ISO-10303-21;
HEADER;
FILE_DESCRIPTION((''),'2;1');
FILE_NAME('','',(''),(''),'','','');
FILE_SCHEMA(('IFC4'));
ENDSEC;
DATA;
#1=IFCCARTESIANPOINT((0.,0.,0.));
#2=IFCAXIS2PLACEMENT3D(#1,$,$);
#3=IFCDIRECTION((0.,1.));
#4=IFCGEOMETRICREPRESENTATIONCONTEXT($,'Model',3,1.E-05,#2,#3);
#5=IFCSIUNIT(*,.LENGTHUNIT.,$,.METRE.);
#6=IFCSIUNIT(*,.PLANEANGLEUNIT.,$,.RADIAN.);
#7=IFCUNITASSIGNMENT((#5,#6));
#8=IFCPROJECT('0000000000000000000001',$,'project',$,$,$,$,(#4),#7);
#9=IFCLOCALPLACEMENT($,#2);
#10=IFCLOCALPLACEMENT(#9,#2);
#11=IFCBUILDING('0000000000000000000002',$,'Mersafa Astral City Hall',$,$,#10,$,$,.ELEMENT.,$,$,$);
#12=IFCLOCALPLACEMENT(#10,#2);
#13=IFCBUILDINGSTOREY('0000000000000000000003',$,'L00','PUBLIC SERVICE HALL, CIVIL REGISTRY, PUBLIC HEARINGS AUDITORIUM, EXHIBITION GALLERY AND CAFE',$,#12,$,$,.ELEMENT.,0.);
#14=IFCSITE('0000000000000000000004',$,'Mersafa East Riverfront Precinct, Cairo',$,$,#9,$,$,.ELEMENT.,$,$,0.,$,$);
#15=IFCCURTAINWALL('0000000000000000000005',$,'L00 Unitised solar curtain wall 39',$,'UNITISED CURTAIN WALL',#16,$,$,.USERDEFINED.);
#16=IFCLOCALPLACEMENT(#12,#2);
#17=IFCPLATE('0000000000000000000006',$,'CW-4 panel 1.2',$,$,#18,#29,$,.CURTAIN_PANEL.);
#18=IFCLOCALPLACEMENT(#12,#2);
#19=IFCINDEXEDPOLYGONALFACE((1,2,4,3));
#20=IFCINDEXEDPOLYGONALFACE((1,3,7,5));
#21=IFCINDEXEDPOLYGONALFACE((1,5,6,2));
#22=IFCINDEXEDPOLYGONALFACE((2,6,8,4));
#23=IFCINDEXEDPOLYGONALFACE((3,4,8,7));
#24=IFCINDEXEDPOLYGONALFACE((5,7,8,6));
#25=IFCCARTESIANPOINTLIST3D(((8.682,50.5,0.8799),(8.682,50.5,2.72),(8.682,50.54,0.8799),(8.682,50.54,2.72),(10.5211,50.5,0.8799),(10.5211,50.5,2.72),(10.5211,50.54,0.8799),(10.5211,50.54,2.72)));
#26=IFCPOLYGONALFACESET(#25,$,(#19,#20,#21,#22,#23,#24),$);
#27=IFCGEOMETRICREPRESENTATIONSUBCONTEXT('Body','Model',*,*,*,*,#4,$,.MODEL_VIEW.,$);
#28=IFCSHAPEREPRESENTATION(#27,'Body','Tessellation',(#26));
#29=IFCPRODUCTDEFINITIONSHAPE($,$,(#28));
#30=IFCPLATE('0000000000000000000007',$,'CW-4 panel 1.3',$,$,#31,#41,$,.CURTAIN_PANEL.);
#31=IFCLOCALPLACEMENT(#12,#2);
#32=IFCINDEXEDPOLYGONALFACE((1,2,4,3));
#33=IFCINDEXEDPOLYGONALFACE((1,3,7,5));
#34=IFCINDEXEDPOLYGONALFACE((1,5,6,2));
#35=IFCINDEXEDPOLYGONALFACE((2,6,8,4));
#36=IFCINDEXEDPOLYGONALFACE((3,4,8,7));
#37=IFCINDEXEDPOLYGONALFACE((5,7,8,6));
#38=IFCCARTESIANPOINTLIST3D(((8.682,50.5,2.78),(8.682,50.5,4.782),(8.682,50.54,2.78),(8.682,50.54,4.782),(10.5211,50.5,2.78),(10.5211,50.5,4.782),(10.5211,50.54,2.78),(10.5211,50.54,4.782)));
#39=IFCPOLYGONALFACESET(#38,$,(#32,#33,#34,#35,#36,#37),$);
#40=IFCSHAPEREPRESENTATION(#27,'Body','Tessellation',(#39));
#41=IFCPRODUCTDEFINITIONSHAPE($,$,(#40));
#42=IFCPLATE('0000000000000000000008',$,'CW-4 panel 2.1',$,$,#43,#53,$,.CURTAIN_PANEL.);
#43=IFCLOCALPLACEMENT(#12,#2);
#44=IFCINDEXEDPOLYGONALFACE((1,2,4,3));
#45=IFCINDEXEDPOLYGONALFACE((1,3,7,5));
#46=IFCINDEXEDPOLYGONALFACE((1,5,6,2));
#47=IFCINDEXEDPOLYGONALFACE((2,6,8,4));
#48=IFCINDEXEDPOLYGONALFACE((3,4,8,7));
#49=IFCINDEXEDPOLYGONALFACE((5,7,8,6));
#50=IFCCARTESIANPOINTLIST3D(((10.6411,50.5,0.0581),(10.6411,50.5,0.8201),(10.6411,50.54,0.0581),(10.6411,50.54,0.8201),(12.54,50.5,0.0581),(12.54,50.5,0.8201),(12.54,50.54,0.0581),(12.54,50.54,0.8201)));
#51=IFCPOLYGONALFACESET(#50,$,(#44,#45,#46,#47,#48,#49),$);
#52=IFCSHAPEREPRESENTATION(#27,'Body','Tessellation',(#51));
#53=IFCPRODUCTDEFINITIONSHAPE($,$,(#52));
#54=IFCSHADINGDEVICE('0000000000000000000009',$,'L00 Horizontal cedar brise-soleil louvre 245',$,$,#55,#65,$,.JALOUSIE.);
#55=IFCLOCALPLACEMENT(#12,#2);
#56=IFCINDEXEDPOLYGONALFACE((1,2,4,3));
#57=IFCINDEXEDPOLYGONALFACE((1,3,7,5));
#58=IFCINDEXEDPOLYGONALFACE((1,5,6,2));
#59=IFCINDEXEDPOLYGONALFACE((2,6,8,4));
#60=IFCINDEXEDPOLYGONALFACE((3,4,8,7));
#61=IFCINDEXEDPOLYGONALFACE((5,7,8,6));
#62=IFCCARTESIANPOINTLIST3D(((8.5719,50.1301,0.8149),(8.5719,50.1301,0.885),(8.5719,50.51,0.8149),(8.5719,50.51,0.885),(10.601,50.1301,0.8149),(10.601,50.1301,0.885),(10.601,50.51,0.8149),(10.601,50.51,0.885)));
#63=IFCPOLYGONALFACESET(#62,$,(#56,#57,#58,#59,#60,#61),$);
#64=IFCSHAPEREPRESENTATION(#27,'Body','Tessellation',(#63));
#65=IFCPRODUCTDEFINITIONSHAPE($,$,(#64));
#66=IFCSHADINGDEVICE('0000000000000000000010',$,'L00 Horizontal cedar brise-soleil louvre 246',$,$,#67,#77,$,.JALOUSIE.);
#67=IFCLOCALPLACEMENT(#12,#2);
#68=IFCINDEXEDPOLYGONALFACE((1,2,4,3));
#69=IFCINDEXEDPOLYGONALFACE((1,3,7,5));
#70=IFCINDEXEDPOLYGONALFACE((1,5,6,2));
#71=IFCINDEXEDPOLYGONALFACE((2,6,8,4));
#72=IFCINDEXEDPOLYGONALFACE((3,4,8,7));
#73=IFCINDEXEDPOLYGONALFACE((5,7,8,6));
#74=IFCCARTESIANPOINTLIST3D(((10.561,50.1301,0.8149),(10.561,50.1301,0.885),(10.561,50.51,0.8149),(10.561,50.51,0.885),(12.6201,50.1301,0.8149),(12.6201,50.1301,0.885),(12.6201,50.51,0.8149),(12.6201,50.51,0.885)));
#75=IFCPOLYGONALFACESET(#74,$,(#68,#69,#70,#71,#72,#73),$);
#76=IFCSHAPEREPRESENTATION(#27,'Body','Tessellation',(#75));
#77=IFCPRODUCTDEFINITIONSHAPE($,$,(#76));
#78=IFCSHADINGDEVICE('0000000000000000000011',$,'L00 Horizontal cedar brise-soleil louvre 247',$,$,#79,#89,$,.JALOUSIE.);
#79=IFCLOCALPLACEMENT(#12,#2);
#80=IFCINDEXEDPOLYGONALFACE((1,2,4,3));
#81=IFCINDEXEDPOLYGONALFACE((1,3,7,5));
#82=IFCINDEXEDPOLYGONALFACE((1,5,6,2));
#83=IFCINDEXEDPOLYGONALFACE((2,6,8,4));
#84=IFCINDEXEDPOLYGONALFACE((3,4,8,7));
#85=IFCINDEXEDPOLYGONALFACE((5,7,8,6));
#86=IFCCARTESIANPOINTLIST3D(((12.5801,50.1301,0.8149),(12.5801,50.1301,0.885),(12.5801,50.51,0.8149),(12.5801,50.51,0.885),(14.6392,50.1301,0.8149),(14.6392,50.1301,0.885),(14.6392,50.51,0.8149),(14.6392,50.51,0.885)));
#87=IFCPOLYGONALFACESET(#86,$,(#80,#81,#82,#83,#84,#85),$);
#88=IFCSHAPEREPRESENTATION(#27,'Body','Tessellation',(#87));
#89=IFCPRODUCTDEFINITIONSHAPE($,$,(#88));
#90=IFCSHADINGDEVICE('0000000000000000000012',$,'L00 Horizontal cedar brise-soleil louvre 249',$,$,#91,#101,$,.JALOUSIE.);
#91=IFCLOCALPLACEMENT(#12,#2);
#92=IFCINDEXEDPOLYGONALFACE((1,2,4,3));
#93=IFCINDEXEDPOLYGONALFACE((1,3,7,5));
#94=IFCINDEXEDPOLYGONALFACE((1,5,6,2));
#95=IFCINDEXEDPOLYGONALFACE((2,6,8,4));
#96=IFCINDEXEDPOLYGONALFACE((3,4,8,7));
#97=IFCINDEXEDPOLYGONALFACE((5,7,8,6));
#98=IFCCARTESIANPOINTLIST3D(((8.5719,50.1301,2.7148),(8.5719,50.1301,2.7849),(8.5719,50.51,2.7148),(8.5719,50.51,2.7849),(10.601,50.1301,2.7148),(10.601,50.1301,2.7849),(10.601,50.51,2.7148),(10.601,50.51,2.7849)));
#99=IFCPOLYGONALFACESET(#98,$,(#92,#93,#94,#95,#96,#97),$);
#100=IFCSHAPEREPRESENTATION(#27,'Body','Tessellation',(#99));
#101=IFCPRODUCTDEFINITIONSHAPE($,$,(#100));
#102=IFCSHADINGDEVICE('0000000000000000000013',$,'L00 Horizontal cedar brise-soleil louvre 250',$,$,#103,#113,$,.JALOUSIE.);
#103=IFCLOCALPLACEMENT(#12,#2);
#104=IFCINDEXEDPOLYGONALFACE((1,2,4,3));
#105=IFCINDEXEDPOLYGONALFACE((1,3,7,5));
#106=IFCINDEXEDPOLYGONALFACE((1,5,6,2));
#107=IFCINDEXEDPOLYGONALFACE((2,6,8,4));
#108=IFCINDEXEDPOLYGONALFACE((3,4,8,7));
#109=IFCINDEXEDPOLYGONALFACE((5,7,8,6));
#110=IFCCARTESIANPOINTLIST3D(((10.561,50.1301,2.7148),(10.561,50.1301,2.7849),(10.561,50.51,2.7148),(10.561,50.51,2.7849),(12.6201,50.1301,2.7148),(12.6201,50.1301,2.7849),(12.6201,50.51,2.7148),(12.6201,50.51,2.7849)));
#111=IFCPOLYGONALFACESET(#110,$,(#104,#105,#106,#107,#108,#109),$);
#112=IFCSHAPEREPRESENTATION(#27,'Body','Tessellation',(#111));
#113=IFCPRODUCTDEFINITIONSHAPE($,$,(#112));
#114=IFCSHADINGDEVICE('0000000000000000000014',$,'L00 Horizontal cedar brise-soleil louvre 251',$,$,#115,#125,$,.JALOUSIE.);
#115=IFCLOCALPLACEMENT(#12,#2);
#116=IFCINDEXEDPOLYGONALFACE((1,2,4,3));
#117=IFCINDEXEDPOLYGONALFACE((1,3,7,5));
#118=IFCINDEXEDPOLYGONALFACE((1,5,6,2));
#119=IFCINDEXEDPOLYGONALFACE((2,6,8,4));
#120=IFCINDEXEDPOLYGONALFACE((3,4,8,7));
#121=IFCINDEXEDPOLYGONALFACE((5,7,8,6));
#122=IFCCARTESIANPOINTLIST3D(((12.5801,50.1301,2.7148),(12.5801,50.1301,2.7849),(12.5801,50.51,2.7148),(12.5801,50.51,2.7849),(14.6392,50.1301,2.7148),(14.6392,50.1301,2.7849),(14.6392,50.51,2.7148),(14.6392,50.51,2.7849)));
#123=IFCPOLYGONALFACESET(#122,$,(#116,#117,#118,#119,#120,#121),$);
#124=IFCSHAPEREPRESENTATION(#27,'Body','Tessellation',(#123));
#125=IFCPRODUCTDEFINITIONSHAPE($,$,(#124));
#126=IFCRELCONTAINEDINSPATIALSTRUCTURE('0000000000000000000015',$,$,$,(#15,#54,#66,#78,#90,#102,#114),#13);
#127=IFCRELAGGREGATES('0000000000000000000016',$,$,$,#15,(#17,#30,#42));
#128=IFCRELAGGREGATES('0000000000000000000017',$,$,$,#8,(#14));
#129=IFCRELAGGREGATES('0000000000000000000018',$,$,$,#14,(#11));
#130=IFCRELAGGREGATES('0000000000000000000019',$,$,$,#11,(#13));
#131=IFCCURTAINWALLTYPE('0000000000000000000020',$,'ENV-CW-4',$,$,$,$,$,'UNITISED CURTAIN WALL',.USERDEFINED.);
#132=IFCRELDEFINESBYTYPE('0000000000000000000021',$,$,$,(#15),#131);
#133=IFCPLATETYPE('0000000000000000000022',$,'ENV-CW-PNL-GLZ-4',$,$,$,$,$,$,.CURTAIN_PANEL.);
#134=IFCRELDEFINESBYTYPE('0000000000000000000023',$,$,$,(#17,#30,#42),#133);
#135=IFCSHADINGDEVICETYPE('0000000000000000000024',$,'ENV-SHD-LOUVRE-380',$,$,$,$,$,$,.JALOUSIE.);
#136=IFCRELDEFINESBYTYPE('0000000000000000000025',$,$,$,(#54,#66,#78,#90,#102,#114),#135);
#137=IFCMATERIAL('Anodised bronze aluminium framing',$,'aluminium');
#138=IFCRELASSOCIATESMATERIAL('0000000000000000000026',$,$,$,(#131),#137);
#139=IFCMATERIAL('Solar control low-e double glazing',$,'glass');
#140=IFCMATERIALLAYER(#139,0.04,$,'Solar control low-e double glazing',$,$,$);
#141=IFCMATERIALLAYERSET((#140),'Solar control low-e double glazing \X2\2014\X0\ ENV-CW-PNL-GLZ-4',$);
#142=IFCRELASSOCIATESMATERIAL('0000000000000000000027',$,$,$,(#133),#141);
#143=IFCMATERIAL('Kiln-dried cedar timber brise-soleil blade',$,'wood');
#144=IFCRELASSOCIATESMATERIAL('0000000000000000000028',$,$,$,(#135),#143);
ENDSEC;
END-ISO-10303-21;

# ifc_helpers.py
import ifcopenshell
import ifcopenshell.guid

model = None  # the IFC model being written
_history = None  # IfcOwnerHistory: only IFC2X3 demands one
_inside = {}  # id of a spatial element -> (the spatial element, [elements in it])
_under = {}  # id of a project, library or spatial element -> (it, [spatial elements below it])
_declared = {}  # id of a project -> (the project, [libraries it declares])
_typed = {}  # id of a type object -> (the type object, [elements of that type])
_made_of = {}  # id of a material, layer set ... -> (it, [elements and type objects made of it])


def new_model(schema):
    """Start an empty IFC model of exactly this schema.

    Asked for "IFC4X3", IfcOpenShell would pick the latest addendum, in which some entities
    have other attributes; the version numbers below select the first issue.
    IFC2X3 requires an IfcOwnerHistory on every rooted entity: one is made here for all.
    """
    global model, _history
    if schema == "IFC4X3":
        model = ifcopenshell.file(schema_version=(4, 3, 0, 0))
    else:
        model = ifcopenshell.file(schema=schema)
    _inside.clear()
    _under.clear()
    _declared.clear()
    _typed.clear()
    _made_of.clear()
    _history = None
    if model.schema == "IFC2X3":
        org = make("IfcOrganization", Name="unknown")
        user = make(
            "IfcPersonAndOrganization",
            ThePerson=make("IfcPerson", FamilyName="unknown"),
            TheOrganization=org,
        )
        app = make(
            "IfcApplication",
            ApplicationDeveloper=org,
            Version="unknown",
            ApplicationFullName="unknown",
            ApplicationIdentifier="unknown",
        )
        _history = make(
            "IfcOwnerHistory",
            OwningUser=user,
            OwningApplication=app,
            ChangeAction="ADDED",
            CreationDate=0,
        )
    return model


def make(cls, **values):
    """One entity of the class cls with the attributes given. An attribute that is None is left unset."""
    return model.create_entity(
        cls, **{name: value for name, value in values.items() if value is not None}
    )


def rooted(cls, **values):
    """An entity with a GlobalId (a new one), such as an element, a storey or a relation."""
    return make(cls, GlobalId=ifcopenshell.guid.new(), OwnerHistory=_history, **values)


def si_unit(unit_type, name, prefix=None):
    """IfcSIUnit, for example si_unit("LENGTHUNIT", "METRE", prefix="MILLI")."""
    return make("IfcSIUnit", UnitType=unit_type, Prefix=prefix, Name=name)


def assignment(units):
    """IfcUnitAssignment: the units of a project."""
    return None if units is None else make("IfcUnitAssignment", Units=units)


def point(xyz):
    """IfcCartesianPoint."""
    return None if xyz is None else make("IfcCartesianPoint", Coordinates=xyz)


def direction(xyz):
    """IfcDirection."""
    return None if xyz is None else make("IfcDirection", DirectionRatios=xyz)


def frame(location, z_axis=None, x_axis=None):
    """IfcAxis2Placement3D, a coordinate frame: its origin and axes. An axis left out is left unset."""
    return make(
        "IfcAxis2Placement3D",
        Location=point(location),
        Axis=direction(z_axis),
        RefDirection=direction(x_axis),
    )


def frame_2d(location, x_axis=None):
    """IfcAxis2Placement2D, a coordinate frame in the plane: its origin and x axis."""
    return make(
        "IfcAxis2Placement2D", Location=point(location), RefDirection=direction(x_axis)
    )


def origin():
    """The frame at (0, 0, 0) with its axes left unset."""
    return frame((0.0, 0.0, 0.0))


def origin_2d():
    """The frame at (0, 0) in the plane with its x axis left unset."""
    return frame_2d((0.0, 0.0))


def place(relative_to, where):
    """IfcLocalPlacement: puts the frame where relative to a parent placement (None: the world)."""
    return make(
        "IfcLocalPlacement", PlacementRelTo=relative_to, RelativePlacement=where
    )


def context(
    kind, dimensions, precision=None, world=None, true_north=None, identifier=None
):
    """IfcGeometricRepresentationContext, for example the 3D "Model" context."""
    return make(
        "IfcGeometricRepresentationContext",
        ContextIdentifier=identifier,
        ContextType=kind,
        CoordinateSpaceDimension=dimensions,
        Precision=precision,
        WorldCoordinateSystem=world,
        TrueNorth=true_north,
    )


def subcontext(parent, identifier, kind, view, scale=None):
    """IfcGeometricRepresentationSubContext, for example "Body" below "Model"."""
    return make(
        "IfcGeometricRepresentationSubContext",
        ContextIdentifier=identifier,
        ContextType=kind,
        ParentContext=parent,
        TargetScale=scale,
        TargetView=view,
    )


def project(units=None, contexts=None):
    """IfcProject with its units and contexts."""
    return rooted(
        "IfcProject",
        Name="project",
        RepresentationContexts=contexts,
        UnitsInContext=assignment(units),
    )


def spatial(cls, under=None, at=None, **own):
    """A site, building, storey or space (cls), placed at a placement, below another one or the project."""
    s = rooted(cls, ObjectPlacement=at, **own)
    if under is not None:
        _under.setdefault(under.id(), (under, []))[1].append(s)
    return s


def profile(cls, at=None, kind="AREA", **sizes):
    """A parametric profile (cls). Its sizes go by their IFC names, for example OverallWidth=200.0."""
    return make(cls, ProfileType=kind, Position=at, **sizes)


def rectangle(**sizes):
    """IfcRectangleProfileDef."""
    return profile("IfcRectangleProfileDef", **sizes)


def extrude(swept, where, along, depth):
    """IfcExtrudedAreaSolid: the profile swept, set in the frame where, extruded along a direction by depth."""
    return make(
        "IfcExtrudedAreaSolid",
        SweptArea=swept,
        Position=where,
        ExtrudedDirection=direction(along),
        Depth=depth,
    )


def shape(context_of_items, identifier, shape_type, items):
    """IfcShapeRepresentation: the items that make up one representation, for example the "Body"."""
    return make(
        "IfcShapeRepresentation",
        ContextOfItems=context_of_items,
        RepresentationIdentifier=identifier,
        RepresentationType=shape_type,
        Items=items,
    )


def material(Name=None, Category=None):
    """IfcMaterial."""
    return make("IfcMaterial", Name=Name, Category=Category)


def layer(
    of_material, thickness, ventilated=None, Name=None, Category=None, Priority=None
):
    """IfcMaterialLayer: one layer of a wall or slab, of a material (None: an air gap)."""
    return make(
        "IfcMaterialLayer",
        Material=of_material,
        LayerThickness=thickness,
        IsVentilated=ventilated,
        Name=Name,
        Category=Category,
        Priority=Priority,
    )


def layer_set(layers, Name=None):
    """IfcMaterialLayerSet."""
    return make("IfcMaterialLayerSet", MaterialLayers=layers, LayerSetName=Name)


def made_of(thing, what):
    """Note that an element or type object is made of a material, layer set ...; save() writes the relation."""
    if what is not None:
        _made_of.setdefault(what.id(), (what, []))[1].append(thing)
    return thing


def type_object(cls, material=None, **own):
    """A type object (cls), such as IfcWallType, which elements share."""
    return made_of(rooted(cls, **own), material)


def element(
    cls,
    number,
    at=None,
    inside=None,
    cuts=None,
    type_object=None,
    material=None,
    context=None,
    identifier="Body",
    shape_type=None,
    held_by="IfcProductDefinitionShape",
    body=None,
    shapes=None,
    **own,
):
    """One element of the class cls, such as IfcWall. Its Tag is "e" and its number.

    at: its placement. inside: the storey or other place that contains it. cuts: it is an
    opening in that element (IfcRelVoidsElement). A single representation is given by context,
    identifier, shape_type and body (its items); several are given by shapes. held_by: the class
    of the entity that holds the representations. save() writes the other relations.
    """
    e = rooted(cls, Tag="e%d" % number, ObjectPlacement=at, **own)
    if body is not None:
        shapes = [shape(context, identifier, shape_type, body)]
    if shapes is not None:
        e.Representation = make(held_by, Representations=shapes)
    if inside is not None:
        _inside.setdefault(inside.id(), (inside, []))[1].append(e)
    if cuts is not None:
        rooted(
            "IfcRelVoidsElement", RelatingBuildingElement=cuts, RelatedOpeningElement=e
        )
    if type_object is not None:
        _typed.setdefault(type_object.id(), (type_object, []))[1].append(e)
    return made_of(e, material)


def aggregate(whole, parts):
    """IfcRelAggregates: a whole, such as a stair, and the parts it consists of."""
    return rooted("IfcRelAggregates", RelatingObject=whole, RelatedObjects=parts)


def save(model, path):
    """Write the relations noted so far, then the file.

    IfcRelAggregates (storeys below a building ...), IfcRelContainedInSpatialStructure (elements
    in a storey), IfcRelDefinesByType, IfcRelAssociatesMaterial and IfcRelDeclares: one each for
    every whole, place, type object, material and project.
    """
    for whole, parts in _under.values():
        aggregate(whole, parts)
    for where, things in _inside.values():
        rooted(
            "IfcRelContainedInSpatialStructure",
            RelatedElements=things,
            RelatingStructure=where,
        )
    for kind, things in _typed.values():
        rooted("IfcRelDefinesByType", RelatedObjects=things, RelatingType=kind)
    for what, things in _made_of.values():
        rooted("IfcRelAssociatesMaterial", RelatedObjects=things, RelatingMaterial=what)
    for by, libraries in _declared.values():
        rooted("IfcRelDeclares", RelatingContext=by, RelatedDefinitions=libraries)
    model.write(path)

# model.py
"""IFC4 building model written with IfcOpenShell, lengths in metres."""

from ifc_helpers import new_model, si_unit, direction, frame, origin, origin_2d, place, context, subcontext, project, spatial, rectangle, extrude, material, layer, layer_set, type_object, element, aggregate, save


model = new_model("IFC4")

# Units and contexts
model_context = context("Model", 3, precision=1e-05, world=origin(), true_north=direction((0.0, 1.0)))
body_context = subcontext(model_context, "Body", "Model", "MODEL_VIEW")
ifc_project = project(units=[si_unit("LENGTHUNIT", "METRE"), si_unit("PLANEANGLEUNIT", "RADIAN")], contexts=[model_context])

# Site, building, storey
site_placement = place(None, origin())
site = spatial("IfcSite", under=ifc_project, at=site_placement, Name="Mersafa East Riverfront Precinct, Cairo", CompositionType="ELEMENT", RefElevation=0.0)
building_placement = place(site_placement, origin())
building = spatial("IfcBuilding", under=site, at=building_placement, Name="Mersafa Astral City Hall", CompositionType="ELEMENT")
storey_placement = place(building_placement, origin())
storey = spatial("IfcBuildingStorey", under=building, at=storey_placement, Name="L00", Description="PUBLIC SERVICE HALL, CIVIL REGISTRY, PUBLIC HEARINGS AUDITORIUM, EXHIBITION GALLERY AND CAFE", CompositionType="ELEMENT", Elevation=0.0)

# Curtain wall
ifc_material_1 = material(Name="Anodised bronze aluminium framing", Category="aluminium")
curtain_wall_type = type_object("IfcCurtainWallType", Name="ENV-CW-4", ElementType="UNITISED CURTAIN WALL", PredefinedType="USERDEFINED", material=ifc_material_1)
curtain_wall_placement = place(storey_placement, origin())
curtain_wall = element("IfcCurtainWall", 1, at=curtain_wall_placement, inside=storey, type_object=curtain_wall_type, Name="L00 Unitised solar curtain wall 39", ObjectType="UNITISED CURTAIN WALL", PredefinedType="USERDEFINED")

# Plates
ifc_material_2 = material(Name="Solar control low-e double glazing", Category="glass")
ifc_layer = layer(ifc_material_2, 0.04, Name="Solar control low-e double glazing")
ifc_layer_set = layer_set([ifc_layer], Name="Solar control low-e double glazing — ENV-CW-PNL-GLZ-4")
plate_type = type_object("IfcPlateType", Name="ENV-CW-PNL-GLZ-4", PredefinedType="CURTAIN_PANEL", material=ifc_layer_set)
plate_1_placement = place(storey_placement, frame((9.6016, 50.52, 0.8799), z_axis=(0.0, 0.0, 1.0), x_axis=(1.0, 0.0, 0.0)))
plate_1 = element("IfcPlate", 2, at=plate_1_placement, type_object=plate_type, Name="CW-4 panel 1.2", PredefinedType="CURTAIN_PANEL", context=body_context, shape_type="SweptSolid", body=[
    extrude(rectangle(XDim=1.8391, YDim=0.04, at=origin_2d()), origin(), (0.0, 0.0, 1.0), 1.8401),
])
plate_2_placement = place(storey_placement, frame((9.6016, 50.52, 2.78), z_axis=(0.0, 0.0, 1.0), x_axis=(1.0, 0.0, 0.0)))
plate_2 = element("IfcPlate", 3, at=plate_2_placement, type_object=plate_type, Name="CW-4 panel 1.3", PredefinedType="CURTAIN_PANEL", context=body_context, shape_type="SweptSolid", body=[
    extrude(rectangle(XDim=1.8391, YDim=0.04, at=origin_2d()), origin(), (0.0, 0.0, 1.0), 2.002),
])
plate_3_placement = place(storey_placement, frame((11.5906, 50.52, 0.0581), z_axis=(0.0, 0.0, 1.0), x_axis=(1.0, 0.0, 0.0)))
plate_3 = element("IfcPlate", 4, at=plate_3_placement, type_object=plate_type, Name="CW-4 panel 2.1", PredefinedType="CURTAIN_PANEL", context=body_context, shape_type="SweptSolid", body=[
    extrude(rectangle(XDim=1.8989, YDim=0.04, at=origin_2d()), origin(), (0.0, 0.0, 1.0), 0.762),
])
aggregate(curtain_wall, [plate_1, plate_2, plate_3])

# Shading devices
ifc_material_3 = material(Name="Kiln-dried cedar timber brise-soleil blade", Category="wood")
shading_device_type = type_object("IfcShadingDeviceType", Name="ENV-SHD-LOUVRE-380", PredefinedType="JALOUSIE", material=ifc_material_3)
shading_device_1_placement = place(storey_placement, frame((9.5864, 50.3201, 0.8149), z_axis=(0.0, 0.0, 1.0), x_axis=(1.0, 0.0, 0.0)))
element("IfcShadingDevice", 5, at=shading_device_1_placement, inside=storey, type_object=shading_device_type, Name="L00 Horizontal cedar brise-soleil louvre 245", PredefinedType="JALOUSIE", context=body_context, shape_type="SweptSolid", body=[
    extrude(rectangle(XDim=2.0291, YDim=0.3799, at=origin_2d()), origin(), (0.0, 0.0, 1.0), 0.0701),
])
for number, where, z_axis, x_axis, name in (
    (6, (11.5906, 50.3201, 0.8149), (0.0, 0.0, 1.0), (1.0, 0.0, 0.0), "L00 Horizontal cedar brise-soleil louvre 246"),
    (7, (13.6096, 50.3201, 0.8149), (0.0, 0.0, 1.0), (1.0, 0.0, 0.0), "L00 Horizontal cedar brise-soleil louvre 247"),
):
    element("IfcShadingDevice", number, at=place(storey_placement, frame(where, z_axis=z_axis, x_axis=x_axis)), inside=storey, type_object=shading_device_type, Name=name, PredefinedType="JALOUSIE", context=body_context, shape_type="SweptSolid", body=[
        extrude(rectangle(XDim=2.0591, YDim=0.3799, at=origin_2d()), origin(), (0.0, 0.0, 1.0), 0.0701),
    ])
shading_device_2_placement = place(storey_placement, frame((9.5864, 50.3201, 2.7148), z_axis=(0.0, 0.0, 1.0), x_axis=(1.0, 0.0, 0.0)))
element("IfcShadingDevice", 8, at=shading_device_2_placement, inside=storey, type_object=shading_device_type, Name="L00 Horizontal cedar brise-soleil louvre 249", PredefinedType="JALOUSIE", context=body_context, shape_type="SweptSolid", body=[
    extrude(rectangle(XDim=2.0291, YDim=0.3799, at=origin_2d()), origin(), (0.0, 0.0, 1.0), 0.0701),
])
for number, where, z_axis, x_axis, name in (
    (9, (11.5906, 50.3201, 2.7148), (0.0, 0.0, 1.0), (1.0, 0.0, 0.0), "L00 Horizontal cedar brise-soleil louvre 250"),
    (10, (13.6096, 50.3201, 2.7148), (0.0, 0.0, 1.0), (1.0, 0.0, 0.0), "L00 Horizontal cedar brise-soleil louvre 251"),
):
    element("IfcShadingDevice", number, at=place(storey_placement, frame(where, z_axis=z_axis, x_axis=x_axis)), inside=storey, type_object=shading_device_type, Name=name, PredefinedType="JALOUSIE", context=body_context, shape_type="SweptSolid", body=[
        extrude(rectangle(XDim=2.0591, YDim=0.3799, at=origin_2d()), origin(), (0.0, 0.0, 1.0), 0.0701),
    ])

save(model, "model.ifc")
